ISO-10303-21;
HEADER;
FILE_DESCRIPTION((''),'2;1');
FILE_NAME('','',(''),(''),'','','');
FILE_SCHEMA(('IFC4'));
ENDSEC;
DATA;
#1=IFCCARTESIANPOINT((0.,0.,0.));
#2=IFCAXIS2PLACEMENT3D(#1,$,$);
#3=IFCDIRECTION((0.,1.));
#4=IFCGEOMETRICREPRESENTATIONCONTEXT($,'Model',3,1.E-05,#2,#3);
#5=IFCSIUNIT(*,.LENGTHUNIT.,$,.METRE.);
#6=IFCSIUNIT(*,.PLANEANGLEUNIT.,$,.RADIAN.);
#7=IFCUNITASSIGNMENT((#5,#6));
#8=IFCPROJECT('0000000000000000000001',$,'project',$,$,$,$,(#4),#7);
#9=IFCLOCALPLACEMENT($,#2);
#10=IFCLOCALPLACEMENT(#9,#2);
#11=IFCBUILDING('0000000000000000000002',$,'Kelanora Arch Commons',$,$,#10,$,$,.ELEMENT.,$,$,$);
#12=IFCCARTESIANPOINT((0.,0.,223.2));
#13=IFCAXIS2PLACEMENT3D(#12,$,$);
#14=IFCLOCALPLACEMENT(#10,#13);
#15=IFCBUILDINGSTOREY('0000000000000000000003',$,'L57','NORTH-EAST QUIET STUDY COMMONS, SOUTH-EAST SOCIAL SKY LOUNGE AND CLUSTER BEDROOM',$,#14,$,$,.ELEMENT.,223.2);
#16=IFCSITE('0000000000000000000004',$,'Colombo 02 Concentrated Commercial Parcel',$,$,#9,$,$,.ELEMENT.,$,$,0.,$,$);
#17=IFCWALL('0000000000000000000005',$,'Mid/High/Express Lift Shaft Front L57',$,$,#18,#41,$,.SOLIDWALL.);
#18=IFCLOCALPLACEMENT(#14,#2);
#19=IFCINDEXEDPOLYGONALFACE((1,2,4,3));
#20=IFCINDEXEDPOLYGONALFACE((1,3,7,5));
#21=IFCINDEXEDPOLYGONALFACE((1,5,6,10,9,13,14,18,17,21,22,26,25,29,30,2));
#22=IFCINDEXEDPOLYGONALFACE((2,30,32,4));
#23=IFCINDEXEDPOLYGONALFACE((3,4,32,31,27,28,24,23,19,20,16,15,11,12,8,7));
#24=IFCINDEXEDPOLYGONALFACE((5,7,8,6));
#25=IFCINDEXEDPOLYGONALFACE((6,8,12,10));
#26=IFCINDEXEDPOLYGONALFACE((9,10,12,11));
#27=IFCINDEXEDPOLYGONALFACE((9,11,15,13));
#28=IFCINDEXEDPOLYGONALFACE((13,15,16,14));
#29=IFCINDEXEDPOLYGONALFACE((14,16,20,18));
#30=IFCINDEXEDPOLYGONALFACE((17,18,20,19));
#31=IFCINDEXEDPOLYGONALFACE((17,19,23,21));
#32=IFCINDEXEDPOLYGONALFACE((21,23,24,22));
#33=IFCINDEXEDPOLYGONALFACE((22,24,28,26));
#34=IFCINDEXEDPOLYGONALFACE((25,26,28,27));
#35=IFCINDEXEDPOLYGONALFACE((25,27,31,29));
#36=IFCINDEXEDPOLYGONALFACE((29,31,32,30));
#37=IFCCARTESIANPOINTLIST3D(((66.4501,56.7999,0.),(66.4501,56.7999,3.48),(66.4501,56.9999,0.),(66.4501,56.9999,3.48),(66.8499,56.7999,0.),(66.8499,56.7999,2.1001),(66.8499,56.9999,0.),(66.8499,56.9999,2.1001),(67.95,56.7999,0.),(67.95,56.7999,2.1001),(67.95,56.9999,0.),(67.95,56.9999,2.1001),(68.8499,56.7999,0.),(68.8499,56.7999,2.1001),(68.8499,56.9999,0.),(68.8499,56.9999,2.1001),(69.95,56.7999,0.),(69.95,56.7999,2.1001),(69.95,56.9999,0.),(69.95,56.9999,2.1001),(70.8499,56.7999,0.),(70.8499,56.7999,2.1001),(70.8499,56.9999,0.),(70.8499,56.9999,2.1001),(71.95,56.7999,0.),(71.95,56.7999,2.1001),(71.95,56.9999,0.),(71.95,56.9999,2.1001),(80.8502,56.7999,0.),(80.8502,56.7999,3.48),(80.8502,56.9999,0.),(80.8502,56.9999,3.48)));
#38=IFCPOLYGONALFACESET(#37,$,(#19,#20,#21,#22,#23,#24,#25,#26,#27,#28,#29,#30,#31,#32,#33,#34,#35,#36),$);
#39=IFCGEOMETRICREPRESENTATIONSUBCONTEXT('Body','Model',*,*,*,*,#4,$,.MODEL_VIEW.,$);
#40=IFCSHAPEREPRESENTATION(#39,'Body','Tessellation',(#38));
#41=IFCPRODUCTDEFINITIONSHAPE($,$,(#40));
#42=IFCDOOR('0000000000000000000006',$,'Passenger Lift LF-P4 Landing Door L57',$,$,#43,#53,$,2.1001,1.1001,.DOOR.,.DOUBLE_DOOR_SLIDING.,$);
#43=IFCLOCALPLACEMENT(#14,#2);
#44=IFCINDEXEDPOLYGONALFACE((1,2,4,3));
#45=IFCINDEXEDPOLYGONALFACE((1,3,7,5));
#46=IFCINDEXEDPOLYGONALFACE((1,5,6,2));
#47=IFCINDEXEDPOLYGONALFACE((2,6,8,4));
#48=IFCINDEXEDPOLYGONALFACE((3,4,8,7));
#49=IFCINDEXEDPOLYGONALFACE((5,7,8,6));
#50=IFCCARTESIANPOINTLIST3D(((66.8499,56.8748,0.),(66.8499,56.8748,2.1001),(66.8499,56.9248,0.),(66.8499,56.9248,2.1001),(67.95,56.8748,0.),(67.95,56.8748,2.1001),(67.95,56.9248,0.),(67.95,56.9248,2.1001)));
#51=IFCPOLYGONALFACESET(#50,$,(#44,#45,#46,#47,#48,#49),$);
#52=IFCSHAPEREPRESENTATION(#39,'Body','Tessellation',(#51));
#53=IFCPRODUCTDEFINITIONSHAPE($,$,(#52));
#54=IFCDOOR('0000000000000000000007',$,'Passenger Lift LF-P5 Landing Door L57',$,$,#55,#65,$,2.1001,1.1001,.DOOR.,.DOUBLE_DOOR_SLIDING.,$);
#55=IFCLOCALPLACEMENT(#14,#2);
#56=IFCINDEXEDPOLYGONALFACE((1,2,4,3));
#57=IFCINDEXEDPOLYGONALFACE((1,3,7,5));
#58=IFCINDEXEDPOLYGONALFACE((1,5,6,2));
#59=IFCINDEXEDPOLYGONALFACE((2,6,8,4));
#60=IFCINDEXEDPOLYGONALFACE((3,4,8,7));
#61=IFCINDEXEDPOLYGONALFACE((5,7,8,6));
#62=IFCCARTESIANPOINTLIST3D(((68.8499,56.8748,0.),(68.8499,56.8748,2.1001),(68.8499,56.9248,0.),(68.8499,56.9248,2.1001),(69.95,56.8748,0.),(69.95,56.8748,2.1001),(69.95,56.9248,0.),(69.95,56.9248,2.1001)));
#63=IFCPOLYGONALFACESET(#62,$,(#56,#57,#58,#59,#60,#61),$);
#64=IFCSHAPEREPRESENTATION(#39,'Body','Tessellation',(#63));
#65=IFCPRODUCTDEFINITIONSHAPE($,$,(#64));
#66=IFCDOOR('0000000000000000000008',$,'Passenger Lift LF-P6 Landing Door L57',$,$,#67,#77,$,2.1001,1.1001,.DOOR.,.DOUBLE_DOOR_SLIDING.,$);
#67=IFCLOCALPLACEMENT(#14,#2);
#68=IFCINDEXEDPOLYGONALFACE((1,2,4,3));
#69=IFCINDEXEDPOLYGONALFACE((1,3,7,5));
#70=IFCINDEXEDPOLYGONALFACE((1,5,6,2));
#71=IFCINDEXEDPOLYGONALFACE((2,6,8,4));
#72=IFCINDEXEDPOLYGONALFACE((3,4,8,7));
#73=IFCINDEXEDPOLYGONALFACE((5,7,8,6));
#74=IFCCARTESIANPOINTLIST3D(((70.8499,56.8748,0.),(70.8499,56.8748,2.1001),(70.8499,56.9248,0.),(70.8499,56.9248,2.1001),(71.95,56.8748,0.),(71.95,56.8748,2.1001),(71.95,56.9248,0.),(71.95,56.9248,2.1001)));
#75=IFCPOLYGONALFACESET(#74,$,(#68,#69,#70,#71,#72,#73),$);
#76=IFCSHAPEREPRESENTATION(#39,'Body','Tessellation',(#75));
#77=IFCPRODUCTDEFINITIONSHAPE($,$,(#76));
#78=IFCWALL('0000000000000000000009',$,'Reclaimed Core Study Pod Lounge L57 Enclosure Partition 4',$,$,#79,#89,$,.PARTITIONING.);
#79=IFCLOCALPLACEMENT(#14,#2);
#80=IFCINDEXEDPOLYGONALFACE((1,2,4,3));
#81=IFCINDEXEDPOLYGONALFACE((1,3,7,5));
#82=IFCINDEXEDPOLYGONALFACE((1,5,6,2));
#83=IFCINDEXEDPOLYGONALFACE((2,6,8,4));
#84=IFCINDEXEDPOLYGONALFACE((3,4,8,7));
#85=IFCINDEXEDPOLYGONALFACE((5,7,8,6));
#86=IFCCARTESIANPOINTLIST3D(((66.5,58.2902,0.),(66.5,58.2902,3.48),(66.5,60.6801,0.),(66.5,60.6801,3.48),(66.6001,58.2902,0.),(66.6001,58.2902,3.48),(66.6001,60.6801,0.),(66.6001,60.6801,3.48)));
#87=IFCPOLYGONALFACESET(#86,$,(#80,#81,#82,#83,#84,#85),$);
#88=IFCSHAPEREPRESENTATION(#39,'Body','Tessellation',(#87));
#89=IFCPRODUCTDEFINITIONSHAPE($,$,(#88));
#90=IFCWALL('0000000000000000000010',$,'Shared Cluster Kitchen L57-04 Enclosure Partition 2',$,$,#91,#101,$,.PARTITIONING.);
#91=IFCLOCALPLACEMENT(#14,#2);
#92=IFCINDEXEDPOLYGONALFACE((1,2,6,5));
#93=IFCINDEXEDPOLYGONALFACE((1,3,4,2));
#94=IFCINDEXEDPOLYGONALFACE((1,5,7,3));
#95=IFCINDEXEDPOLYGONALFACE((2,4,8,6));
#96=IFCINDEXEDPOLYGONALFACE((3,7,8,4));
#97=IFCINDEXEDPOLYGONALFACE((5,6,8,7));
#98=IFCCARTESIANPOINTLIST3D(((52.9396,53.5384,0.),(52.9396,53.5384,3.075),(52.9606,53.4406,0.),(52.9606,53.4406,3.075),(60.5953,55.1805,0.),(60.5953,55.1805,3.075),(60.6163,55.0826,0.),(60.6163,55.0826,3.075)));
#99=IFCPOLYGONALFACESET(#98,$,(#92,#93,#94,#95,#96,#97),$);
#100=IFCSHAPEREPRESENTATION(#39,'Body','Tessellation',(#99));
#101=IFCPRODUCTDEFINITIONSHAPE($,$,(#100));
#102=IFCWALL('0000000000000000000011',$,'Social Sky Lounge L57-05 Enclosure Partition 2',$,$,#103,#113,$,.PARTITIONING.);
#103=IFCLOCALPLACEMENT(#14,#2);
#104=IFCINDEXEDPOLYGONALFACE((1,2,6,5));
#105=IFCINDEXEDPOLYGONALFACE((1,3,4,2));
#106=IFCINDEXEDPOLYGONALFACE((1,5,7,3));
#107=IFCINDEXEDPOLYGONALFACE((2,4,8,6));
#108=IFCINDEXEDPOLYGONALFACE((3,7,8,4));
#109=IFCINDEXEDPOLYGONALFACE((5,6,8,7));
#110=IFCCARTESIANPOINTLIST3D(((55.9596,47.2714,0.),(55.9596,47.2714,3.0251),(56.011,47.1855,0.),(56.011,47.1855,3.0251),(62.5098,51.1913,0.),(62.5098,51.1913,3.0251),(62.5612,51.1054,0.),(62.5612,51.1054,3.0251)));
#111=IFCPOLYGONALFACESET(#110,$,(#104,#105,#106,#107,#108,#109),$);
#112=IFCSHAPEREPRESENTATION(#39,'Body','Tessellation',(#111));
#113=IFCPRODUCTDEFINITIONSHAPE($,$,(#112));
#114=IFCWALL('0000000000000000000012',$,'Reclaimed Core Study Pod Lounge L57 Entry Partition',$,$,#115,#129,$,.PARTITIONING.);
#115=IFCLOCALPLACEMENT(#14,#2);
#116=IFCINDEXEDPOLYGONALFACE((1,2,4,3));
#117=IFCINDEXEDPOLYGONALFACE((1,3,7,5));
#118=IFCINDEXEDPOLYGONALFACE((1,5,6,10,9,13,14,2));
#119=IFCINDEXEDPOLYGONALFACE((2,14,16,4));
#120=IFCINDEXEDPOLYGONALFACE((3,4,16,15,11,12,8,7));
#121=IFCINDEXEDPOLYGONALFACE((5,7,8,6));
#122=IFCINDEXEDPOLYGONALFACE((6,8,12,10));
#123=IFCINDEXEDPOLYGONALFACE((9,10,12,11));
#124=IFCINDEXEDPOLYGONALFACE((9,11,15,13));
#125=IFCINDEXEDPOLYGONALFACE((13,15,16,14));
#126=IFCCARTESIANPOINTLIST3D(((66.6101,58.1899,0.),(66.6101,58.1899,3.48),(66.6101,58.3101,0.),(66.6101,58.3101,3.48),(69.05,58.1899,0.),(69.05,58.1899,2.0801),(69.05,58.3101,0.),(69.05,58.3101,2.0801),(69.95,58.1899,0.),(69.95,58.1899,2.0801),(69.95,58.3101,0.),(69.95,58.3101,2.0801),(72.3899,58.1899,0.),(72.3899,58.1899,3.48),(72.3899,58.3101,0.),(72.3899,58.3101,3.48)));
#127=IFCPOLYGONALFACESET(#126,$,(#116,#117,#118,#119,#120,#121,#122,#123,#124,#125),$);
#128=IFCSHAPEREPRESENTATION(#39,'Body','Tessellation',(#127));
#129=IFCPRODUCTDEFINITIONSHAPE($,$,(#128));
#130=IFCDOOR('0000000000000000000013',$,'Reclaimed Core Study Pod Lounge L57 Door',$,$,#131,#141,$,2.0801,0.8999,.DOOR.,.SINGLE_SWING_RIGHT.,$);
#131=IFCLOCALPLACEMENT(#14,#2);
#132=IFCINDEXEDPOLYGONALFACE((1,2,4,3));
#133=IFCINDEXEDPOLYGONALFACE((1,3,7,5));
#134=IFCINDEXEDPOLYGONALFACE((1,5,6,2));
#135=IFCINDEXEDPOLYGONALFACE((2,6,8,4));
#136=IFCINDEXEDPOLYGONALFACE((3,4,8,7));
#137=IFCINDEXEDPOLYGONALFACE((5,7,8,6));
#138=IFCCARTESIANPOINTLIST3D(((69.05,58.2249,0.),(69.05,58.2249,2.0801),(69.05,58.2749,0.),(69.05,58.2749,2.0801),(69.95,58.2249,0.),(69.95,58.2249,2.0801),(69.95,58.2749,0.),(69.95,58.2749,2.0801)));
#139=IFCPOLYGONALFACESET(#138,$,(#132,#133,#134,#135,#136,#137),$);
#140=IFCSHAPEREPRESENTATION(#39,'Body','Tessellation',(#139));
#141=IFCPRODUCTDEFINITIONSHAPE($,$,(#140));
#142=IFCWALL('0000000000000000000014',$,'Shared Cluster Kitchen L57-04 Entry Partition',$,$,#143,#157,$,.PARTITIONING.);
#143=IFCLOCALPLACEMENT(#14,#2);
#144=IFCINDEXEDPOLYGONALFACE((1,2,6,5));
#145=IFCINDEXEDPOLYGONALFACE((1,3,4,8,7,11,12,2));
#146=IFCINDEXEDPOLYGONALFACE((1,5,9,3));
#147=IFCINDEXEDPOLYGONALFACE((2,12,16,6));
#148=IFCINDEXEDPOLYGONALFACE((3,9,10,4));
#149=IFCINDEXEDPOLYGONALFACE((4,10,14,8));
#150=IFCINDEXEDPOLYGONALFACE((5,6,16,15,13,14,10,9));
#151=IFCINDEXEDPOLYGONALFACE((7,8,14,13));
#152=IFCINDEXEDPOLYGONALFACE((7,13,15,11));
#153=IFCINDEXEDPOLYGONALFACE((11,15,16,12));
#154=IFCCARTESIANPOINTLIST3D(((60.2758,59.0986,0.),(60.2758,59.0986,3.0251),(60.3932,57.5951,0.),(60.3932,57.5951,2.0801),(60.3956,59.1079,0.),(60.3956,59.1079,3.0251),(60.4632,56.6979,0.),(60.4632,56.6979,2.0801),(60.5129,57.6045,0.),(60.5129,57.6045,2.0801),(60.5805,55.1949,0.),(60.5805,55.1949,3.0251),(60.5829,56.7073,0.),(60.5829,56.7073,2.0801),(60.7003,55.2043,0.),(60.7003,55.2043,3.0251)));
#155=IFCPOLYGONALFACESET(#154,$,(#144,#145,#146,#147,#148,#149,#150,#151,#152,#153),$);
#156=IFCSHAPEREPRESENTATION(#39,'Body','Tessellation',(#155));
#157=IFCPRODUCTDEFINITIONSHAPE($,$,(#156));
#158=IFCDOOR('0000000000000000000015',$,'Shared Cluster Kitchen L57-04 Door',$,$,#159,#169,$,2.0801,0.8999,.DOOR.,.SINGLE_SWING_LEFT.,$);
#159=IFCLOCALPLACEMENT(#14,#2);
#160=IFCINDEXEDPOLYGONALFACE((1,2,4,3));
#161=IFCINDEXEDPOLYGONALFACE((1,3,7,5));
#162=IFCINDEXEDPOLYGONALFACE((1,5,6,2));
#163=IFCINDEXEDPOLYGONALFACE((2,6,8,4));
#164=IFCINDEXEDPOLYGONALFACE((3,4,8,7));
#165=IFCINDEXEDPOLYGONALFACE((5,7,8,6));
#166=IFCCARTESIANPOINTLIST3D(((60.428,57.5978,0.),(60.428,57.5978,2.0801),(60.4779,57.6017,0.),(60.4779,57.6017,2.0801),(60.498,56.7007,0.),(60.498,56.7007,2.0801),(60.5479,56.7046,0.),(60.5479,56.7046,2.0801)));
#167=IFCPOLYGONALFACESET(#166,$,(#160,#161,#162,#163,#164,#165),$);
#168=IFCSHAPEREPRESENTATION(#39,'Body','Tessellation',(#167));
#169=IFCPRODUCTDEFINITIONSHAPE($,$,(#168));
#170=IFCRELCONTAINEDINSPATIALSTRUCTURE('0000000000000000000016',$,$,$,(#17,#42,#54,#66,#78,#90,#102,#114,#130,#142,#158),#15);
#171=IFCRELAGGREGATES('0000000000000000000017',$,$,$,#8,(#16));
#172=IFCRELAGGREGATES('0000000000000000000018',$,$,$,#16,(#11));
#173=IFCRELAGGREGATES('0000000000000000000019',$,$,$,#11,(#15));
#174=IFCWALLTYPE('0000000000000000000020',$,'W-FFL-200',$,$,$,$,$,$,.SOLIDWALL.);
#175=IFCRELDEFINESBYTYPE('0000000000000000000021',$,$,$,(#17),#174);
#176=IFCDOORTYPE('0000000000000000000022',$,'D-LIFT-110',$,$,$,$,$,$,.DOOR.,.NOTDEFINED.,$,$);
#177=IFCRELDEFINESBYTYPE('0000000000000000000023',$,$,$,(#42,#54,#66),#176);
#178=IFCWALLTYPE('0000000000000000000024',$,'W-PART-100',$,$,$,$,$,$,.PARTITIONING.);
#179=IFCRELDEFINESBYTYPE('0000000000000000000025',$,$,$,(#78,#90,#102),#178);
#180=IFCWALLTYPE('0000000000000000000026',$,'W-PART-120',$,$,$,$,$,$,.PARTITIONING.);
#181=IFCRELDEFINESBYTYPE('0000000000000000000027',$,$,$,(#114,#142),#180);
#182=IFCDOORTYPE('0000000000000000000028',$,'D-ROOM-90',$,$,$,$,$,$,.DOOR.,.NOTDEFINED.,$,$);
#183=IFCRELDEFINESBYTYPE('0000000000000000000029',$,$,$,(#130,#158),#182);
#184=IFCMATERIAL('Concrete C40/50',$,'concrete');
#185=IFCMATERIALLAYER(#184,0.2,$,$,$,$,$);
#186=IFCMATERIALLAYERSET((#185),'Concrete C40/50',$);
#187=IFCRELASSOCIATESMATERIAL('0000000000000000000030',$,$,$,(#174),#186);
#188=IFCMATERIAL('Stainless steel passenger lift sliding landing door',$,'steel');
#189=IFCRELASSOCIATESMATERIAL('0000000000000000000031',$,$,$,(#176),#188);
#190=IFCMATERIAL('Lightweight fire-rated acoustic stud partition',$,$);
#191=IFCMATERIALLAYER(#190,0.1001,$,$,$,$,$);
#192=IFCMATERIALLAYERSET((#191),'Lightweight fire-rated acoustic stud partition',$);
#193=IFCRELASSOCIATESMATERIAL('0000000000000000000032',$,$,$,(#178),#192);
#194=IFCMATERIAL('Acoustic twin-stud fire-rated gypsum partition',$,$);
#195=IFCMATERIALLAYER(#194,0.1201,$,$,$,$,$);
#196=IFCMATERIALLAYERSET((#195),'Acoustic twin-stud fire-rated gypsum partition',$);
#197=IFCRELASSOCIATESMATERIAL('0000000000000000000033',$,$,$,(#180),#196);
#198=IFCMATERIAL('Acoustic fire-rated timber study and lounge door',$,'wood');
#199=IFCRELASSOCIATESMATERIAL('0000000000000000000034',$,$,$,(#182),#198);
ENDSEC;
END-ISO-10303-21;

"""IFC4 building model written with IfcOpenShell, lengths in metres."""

from ifc_helpers import new_model, si_unit, direction, frame, frame_2d, origin, place, context, subcontext, project, spatial, rectangle, extrude, material, layer, layer_set, type_object, element, fill, save


model = new_model("IFC4")

# Units and contexts
model_context = context("Model", 3, precision=1e-05, world=origin(), true_north=direction((0.0, 1.0)))
body_context = subcontext(model_context, "Body", "Model", "MODEL_VIEW")
ifc_project = project(units=[si_unit("LENGTHUNIT", "METRE"), si_unit("PLANEANGLEUNIT", "RADIAN")], contexts=[model_context])

# Site, building, storey
site_placement = place(None, origin())
site = spatial("IfcSite", under=ifc_project, at=site_placement, Name="Colombo 02 Concentrated Commercial Parcel", CompositionType="ELEMENT", RefElevation=0.0)
building_placement = place(site_placement, origin())
building = spatial("IfcBuilding", under=site, at=building_placement, Name="Kelanora Arch Commons", CompositionType="ELEMENT")
storey_placement = place(building_placement, frame((0.0, 0.0, 223.2)))
storey = spatial("IfcBuildingStorey", under=building, at=storey_placement, Name="L57", Description="NORTH-EAST QUIET STUDY COMMONS, SOUTH-EAST SOCIAL SKY LOUNGE AND CLUSTER BEDROOM", CompositionType="ELEMENT", Elevation=223.2)

# Wall, openings, doors
ifc_material_1 = material(Name="Concrete C40/50", Category="concrete")
ifc_layer_1 = layer(ifc_material_1, 0.2)
ifc_layer_set_1 = layer_set([ifc_layer_1], Name="Concrete C40/50")
wall_type_1 = type_object("IfcWallType", Name="W-FFL-200", PredefinedType="SOLIDWALL", material=ifc_layer_set_1)
wall_1_placement = place(storey_placement, frame((66.45, 56.8999, 0.0), z_axis=(0.0, 0.0, 1.0), x_axis=(1.0, 0.0, 0.0)))
wall_1 = element("IfcWall", 1, at=wall_1_placement, inside=storey, type_object=wall_type_1, Name="Mid/High/Express Lift Shaft Front L57", PredefinedType="SOLIDWALL", context=body_context, shape_type="SweptSolid", body=[
    extrude(rectangle(XDim=14.4001, YDim=0.2, at=frame_2d((7.2002, 0.0))), origin(), (0.0, 0.0, 1.0), 3.48),
])
opening_1_placement = place(wall_1_placement, frame((0.3999, 0.0, 0.0)))
opening_1 = element("IfcOpeningElement", 2, at=opening_1_placement, cuts=wall_1, PredefinedType="OPENING", context=body_context, shape_type="SweptSolid", body=[
    extrude(rectangle(XDim=1.1001, YDim=2.1001, at=frame_2d((0.55, 1.05))), frame((0.0, 0.1099, 0.0), z_axis=(0.0, -1.0, 0.0), x_axis=(1.0, 0.0, 0.0)), (0.0, 0.0, 1.0), 0.22),
])
opening_2_placement = place(wall_1_placement, frame((2.3999, 0.0, 0.0)))
opening_2 = element("IfcOpeningElement", 3, at=opening_2_placement, cuts=wall_1, PredefinedType="OPENING", context=body_context, shape_type="SweptSolid", body=[
    extrude(rectangle(XDim=1.1001, YDim=2.1001, at=frame_2d((0.55, 1.05))), frame((0.0, 0.1099, 0.0), z_axis=(0.0, -1.0, 0.0), x_axis=(1.0, 0.0, 0.0)), (0.0, 0.0, 1.0), 0.22),
])
opening_3_placement = place(wall_1_placement, frame((4.3999, 0.0, 0.0)))
opening_3 = element("IfcOpeningElement", 4, at=opening_3_placement, cuts=wall_1, PredefinedType="OPENING", context=body_context, shape_type="SweptSolid", body=[
    extrude(rectangle(XDim=1.1001, YDim=2.1001, at=frame_2d((0.55, 1.05))), frame((0.0, 0.1099, 0.0), z_axis=(0.0, -1.0, 0.0), x_axis=(1.0, 0.0, 0.0)), (0.0, 0.0, 1.0), 0.22),
])
ifc_material_2 = material(Name="Stainless steel passenger lift sliding landing door", Category="steel")
door_type_1 = type_object("IfcDoorType", Name="D-LIFT-110", OperationType="NOTDEFINED", PredefinedType="DOOR", material=ifc_material_2)
door_1_placement = place(opening_1_placement, origin())
door_1 = element("IfcDoor", 5, at=door_1_placement, inside=storey, type_object=door_type_1, Name="Passenger Lift LF-P4 Landing Door L57", OperationType="DOUBLE_DOOR_SLIDING", OverallHeight=2.1001, OverallWidth=1.1001, PredefinedType="DOOR", context=body_context, shape_type="SweptSolid", body=[
    extrude(rectangle(XDim=1.1001, YDim=2.1001, at=frame_2d((0.55, 1.05))), frame((0.0, 0.0249, 0.0), z_axis=(0.0, -1.0, 0.0), x_axis=(1.0, 0.0, 0.0)), (0.0, 0.0, 1.0), 0.05),
])
fill(opening_1, door_1)
door_2_placement = place(opening_2_placement, origin())
door_2 = element("IfcDoor", 6, at=door_2_placement, inside=storey, type_object=door_type_1, Name="Passenger Lift LF-P5 Landing Door L57", OperationType="DOUBLE_DOOR_SLIDING", OverallHeight=2.1001, OverallWidth=1.1001, PredefinedType="DOOR", context=body_context, shape_type="SweptSolid", body=[
    extrude(rectangle(XDim=1.1001, YDim=2.1001, at=frame_2d((0.55, 1.05))), frame((0.0, 0.0249, 0.0), z_axis=(0.0, -1.0, 0.0), x_axis=(1.0, 0.0, 0.0)), (0.0, 0.0, 1.0), 0.05),
])
fill(opening_2, door_2)
door_3_placement = place(opening_3_placement, origin())
door_3 = element("IfcDoor", 7, at=door_3_placement, inside=storey, type_object=door_type_1, Name="Passenger Lift LF-P6 Landing Door L57", OperationType="DOUBLE_DOOR_SLIDING", OverallHeight=2.1001, OverallWidth=1.1001, PredefinedType="DOOR", context=body_context, shape_type="SweptSolid", body=[
    extrude(rectangle(XDim=1.1001, YDim=2.1001, at=frame_2d((0.55, 1.05))), frame((0.0, 0.0249, 0.0), z_axis=(0.0, -1.0, 0.0), x_axis=(1.0, 0.0, 0.0)), (0.0, 0.0, 1.0), 0.05),
])
fill(opening_3, door_3)

# Walls
ifc_material_3 = material(Name="Lightweight fire-rated acoustic stud partition")
ifc_layer_2 = layer(ifc_material_3, 0.1001)
ifc_layer_set_2 = layer_set([ifc_layer_2], Name="Lightweight fire-rated acoustic stud partition")
wall_type_2 = type_object("IfcWallType", Name="W-PART-100", PredefinedType="PARTITIONING", material=ifc_layer_set_2)
wall_2_placement = place(storey_placement, frame((66.55, 60.6799, 0.0), z_axis=(0.0, 0.0, 1.0), x_axis=(0.0, -1.0, 0.0)))
element("IfcWall", 8, at=wall_2_placement, inside=storey, type_object=wall_type_2, Name="Reclaimed Core Study Pod Lounge L57 Enclosure Partition 4", PredefinedType="PARTITIONING", context=body_context, shape_type="SweptSolid", body=[
    extrude(rectangle(XDim=2.3899, YDim=0.1001, at=frame_2d((1.1948, 0.0))), origin(), (0.0, 0.0, 1.0), 3.48),
])
wall_3_placement = place(storey_placement, frame((60.606, 55.1316, 0.0), z_axis=(0.0, 0.0, 1.0), x_axis=(-0.977761, -0.209721, 0.0)))
element("IfcWall", 9, at=wall_3_placement, inside=storey, type_object=wall_type_2, Name="Shared Cluster Kitchen L57-04 Enclosure Partition 2", PredefinedType="PARTITIONING", context=body_context, shape_type="SweptSolid", body=[
    extrude(rectangle(XDim=7.8298, YDim=0.1001, at=frame_2d((3.915, 0.0))), origin(), (0.0, 0.0, 1.0), 3.075),
])
wall_4_placement = place(storey_placement, frame((62.5356, 51.1484, 0.0), z_axis=(0.0, 0.0, 1.0), x_axis=(-0.858085, -0.513508, 0.0)))
element("IfcWall", 10, at=wall_4_placement, inside=storey, type_object=wall_type_2, Name="Social Sky Lounge L57-05 Enclosure Partition 2", PredefinedType="PARTITIONING", context=body_context, shape_type="SweptSolid", body=[
    extrude(rectangle(XDim=7.6335, YDim=0.1001, at=frame_2d((3.8169, 0.0))), origin(), (0.0, 0.0, 1.0), 3.0251),
])

# Walls, openings, doors
ifc_material_4 = material(Name="Acoustic twin-stud fire-rated gypsum partition")
ifc_layer_3 = layer(ifc_material_4, 0.1201)
ifc_layer_set_3 = layer_set([ifc_layer_3], Name="Acoustic twin-stud fire-rated gypsum partition")
wall_type_3 = type_object("IfcWallType", Name="W-PART-120", PredefinedType="PARTITIONING", material=ifc_layer_set_3)
wall_5_placement = place(storey_placement, frame((66.6101, 58.25, 0.0), z_axis=(0.0, 0.0, 1.0), x_axis=(1.0, 0.0, 0.0)))
wall_5 = element("IfcWall", 11, at=wall_5_placement, inside=storey, type_object=wall_type_3, Name="Reclaimed Core Study Pod Lounge L57 Entry Partition", PredefinedType="PARTITIONING", context=body_context, shape_type="SweptSolid", body=[
    extrude(rectangle(XDim=5.7798, YDim=0.1201, at=frame_2d((2.8899, 0.0))), origin(), (0.0, 0.0, 1.0), 3.48),
])
opening_4_placement = place(wall_5_placement, frame((2.4399, 0.0, 0.0)))
opening_4 = element("IfcOpeningElement", 12, at=opening_4_placement, cuts=wall_5, PredefinedType="OPENING", context=body_context, shape_type="SweptSolid", body=[
    extrude(rectangle(XDim=0.8999, YDim=2.0801, at=frame_2d((0.45, 1.04))), frame((0.0, 0.0701, 0.0), z_axis=(0.0, -1.0, 0.0), x_axis=(1.0, 0.0, 0.0)), (0.0, 0.0, 1.0), 0.1401),
])
ifc_material_5 = material(Name="Acoustic fire-rated timber study and lounge door", Category="wood")
door_type_2 = type_object("IfcDoorType", Name="D-ROOM-90", OperationType="NOTDEFINED", PredefinedType="DOOR", material=ifc_material_5)
door_4_placement = place(opening_4_placement, origin())
door_4 = element("IfcDoor", 13, at=door_4_placement, inside=storey, type_object=door_type_2, Name="Reclaimed Core Study Pod Lounge L57 Door", OperationType="SINGLE_SWING_RIGHT", OverallHeight=2.0801, OverallWidth=0.8999, PredefinedType="DOOR", context=body_context, shape_type="SweptSolid", body=[
    extrude(rectangle(XDim=0.8999, YDim=2.0801, at=frame_2d((0.45, 1.04))), frame((0.0, 0.0249, 0.0), z_axis=(0.0, -1.0, 0.0), x_axis=(1.0, 0.0, 0.0)), (0.0, 0.0, 1.0), 0.05),
])
fill(opening_4, door_4)
wall_6_placement = place(storey_placement, frame((60.3357, 59.1033, 0.0), z_axis=(0.0, 0.0, 1.0), x_axis=(0.077817, -0.996968, 0.0)))
wall_6 = element("IfcWall", 14, at=wall_6_placement, inside=storey, type_object=wall_type_3, Name="Shared Cluster Kitchen L57-04 Entry Partition", PredefinedType="PARTITIONING", context=body_context, shape_type="SweptSolid", body=[
    extrude(rectangle(XDim=3.9155, YDim=0.1201, at=frame_2d((1.9578, 0.0))), origin(), (0.0, 0.0, 1.0), 3.0251),
])
opening_5_placement = place(wall_6_placement, frame((1.5081, 0.0, 0.0)))
opening_5 = element("IfcOpeningElement", 15, at=opening_5_placement, cuts=wall_6, PredefinedType="OPENING", context=body_context, shape_type="SweptSolid", body=[
    extrude(rectangle(XDim=0.8999, YDim=2.0801, at=frame_2d((0.45, 1.04))), frame((0.0, 0.0701, 0.0), z_axis=(0.0, -1.0, 0.0), x_axis=(1.0, 0.0, 0.0)), (0.0, 0.0, 1.0), 0.1401),
])
door_5_placement = place(opening_5_placement, origin())
door_5 = element("IfcDoor", 16, at=door_5_placement, inside=storey, type_object=door_type_2, Name="Shared Cluster Kitchen L57-04 Door", OperationType="SINGLE_SWING_LEFT", OverallHeight=2.0801, OverallWidth=0.8999, PredefinedType="DOOR", context=body_context, shape_type="SweptSolid", body=[
    extrude(rectangle(XDim=0.8999, YDim=2.0801, at=frame_2d((0.45, 1.04))), frame((0.0, 0.0249, 0.0), z_axis=(0.0, -1.0, 0.0), x_axis=(1.0, 0.0, 0.0)), (0.0, 0.0, 1.0), 0.05),
])
fill(opening_5, door_5)

save(model, "model.ifc")
